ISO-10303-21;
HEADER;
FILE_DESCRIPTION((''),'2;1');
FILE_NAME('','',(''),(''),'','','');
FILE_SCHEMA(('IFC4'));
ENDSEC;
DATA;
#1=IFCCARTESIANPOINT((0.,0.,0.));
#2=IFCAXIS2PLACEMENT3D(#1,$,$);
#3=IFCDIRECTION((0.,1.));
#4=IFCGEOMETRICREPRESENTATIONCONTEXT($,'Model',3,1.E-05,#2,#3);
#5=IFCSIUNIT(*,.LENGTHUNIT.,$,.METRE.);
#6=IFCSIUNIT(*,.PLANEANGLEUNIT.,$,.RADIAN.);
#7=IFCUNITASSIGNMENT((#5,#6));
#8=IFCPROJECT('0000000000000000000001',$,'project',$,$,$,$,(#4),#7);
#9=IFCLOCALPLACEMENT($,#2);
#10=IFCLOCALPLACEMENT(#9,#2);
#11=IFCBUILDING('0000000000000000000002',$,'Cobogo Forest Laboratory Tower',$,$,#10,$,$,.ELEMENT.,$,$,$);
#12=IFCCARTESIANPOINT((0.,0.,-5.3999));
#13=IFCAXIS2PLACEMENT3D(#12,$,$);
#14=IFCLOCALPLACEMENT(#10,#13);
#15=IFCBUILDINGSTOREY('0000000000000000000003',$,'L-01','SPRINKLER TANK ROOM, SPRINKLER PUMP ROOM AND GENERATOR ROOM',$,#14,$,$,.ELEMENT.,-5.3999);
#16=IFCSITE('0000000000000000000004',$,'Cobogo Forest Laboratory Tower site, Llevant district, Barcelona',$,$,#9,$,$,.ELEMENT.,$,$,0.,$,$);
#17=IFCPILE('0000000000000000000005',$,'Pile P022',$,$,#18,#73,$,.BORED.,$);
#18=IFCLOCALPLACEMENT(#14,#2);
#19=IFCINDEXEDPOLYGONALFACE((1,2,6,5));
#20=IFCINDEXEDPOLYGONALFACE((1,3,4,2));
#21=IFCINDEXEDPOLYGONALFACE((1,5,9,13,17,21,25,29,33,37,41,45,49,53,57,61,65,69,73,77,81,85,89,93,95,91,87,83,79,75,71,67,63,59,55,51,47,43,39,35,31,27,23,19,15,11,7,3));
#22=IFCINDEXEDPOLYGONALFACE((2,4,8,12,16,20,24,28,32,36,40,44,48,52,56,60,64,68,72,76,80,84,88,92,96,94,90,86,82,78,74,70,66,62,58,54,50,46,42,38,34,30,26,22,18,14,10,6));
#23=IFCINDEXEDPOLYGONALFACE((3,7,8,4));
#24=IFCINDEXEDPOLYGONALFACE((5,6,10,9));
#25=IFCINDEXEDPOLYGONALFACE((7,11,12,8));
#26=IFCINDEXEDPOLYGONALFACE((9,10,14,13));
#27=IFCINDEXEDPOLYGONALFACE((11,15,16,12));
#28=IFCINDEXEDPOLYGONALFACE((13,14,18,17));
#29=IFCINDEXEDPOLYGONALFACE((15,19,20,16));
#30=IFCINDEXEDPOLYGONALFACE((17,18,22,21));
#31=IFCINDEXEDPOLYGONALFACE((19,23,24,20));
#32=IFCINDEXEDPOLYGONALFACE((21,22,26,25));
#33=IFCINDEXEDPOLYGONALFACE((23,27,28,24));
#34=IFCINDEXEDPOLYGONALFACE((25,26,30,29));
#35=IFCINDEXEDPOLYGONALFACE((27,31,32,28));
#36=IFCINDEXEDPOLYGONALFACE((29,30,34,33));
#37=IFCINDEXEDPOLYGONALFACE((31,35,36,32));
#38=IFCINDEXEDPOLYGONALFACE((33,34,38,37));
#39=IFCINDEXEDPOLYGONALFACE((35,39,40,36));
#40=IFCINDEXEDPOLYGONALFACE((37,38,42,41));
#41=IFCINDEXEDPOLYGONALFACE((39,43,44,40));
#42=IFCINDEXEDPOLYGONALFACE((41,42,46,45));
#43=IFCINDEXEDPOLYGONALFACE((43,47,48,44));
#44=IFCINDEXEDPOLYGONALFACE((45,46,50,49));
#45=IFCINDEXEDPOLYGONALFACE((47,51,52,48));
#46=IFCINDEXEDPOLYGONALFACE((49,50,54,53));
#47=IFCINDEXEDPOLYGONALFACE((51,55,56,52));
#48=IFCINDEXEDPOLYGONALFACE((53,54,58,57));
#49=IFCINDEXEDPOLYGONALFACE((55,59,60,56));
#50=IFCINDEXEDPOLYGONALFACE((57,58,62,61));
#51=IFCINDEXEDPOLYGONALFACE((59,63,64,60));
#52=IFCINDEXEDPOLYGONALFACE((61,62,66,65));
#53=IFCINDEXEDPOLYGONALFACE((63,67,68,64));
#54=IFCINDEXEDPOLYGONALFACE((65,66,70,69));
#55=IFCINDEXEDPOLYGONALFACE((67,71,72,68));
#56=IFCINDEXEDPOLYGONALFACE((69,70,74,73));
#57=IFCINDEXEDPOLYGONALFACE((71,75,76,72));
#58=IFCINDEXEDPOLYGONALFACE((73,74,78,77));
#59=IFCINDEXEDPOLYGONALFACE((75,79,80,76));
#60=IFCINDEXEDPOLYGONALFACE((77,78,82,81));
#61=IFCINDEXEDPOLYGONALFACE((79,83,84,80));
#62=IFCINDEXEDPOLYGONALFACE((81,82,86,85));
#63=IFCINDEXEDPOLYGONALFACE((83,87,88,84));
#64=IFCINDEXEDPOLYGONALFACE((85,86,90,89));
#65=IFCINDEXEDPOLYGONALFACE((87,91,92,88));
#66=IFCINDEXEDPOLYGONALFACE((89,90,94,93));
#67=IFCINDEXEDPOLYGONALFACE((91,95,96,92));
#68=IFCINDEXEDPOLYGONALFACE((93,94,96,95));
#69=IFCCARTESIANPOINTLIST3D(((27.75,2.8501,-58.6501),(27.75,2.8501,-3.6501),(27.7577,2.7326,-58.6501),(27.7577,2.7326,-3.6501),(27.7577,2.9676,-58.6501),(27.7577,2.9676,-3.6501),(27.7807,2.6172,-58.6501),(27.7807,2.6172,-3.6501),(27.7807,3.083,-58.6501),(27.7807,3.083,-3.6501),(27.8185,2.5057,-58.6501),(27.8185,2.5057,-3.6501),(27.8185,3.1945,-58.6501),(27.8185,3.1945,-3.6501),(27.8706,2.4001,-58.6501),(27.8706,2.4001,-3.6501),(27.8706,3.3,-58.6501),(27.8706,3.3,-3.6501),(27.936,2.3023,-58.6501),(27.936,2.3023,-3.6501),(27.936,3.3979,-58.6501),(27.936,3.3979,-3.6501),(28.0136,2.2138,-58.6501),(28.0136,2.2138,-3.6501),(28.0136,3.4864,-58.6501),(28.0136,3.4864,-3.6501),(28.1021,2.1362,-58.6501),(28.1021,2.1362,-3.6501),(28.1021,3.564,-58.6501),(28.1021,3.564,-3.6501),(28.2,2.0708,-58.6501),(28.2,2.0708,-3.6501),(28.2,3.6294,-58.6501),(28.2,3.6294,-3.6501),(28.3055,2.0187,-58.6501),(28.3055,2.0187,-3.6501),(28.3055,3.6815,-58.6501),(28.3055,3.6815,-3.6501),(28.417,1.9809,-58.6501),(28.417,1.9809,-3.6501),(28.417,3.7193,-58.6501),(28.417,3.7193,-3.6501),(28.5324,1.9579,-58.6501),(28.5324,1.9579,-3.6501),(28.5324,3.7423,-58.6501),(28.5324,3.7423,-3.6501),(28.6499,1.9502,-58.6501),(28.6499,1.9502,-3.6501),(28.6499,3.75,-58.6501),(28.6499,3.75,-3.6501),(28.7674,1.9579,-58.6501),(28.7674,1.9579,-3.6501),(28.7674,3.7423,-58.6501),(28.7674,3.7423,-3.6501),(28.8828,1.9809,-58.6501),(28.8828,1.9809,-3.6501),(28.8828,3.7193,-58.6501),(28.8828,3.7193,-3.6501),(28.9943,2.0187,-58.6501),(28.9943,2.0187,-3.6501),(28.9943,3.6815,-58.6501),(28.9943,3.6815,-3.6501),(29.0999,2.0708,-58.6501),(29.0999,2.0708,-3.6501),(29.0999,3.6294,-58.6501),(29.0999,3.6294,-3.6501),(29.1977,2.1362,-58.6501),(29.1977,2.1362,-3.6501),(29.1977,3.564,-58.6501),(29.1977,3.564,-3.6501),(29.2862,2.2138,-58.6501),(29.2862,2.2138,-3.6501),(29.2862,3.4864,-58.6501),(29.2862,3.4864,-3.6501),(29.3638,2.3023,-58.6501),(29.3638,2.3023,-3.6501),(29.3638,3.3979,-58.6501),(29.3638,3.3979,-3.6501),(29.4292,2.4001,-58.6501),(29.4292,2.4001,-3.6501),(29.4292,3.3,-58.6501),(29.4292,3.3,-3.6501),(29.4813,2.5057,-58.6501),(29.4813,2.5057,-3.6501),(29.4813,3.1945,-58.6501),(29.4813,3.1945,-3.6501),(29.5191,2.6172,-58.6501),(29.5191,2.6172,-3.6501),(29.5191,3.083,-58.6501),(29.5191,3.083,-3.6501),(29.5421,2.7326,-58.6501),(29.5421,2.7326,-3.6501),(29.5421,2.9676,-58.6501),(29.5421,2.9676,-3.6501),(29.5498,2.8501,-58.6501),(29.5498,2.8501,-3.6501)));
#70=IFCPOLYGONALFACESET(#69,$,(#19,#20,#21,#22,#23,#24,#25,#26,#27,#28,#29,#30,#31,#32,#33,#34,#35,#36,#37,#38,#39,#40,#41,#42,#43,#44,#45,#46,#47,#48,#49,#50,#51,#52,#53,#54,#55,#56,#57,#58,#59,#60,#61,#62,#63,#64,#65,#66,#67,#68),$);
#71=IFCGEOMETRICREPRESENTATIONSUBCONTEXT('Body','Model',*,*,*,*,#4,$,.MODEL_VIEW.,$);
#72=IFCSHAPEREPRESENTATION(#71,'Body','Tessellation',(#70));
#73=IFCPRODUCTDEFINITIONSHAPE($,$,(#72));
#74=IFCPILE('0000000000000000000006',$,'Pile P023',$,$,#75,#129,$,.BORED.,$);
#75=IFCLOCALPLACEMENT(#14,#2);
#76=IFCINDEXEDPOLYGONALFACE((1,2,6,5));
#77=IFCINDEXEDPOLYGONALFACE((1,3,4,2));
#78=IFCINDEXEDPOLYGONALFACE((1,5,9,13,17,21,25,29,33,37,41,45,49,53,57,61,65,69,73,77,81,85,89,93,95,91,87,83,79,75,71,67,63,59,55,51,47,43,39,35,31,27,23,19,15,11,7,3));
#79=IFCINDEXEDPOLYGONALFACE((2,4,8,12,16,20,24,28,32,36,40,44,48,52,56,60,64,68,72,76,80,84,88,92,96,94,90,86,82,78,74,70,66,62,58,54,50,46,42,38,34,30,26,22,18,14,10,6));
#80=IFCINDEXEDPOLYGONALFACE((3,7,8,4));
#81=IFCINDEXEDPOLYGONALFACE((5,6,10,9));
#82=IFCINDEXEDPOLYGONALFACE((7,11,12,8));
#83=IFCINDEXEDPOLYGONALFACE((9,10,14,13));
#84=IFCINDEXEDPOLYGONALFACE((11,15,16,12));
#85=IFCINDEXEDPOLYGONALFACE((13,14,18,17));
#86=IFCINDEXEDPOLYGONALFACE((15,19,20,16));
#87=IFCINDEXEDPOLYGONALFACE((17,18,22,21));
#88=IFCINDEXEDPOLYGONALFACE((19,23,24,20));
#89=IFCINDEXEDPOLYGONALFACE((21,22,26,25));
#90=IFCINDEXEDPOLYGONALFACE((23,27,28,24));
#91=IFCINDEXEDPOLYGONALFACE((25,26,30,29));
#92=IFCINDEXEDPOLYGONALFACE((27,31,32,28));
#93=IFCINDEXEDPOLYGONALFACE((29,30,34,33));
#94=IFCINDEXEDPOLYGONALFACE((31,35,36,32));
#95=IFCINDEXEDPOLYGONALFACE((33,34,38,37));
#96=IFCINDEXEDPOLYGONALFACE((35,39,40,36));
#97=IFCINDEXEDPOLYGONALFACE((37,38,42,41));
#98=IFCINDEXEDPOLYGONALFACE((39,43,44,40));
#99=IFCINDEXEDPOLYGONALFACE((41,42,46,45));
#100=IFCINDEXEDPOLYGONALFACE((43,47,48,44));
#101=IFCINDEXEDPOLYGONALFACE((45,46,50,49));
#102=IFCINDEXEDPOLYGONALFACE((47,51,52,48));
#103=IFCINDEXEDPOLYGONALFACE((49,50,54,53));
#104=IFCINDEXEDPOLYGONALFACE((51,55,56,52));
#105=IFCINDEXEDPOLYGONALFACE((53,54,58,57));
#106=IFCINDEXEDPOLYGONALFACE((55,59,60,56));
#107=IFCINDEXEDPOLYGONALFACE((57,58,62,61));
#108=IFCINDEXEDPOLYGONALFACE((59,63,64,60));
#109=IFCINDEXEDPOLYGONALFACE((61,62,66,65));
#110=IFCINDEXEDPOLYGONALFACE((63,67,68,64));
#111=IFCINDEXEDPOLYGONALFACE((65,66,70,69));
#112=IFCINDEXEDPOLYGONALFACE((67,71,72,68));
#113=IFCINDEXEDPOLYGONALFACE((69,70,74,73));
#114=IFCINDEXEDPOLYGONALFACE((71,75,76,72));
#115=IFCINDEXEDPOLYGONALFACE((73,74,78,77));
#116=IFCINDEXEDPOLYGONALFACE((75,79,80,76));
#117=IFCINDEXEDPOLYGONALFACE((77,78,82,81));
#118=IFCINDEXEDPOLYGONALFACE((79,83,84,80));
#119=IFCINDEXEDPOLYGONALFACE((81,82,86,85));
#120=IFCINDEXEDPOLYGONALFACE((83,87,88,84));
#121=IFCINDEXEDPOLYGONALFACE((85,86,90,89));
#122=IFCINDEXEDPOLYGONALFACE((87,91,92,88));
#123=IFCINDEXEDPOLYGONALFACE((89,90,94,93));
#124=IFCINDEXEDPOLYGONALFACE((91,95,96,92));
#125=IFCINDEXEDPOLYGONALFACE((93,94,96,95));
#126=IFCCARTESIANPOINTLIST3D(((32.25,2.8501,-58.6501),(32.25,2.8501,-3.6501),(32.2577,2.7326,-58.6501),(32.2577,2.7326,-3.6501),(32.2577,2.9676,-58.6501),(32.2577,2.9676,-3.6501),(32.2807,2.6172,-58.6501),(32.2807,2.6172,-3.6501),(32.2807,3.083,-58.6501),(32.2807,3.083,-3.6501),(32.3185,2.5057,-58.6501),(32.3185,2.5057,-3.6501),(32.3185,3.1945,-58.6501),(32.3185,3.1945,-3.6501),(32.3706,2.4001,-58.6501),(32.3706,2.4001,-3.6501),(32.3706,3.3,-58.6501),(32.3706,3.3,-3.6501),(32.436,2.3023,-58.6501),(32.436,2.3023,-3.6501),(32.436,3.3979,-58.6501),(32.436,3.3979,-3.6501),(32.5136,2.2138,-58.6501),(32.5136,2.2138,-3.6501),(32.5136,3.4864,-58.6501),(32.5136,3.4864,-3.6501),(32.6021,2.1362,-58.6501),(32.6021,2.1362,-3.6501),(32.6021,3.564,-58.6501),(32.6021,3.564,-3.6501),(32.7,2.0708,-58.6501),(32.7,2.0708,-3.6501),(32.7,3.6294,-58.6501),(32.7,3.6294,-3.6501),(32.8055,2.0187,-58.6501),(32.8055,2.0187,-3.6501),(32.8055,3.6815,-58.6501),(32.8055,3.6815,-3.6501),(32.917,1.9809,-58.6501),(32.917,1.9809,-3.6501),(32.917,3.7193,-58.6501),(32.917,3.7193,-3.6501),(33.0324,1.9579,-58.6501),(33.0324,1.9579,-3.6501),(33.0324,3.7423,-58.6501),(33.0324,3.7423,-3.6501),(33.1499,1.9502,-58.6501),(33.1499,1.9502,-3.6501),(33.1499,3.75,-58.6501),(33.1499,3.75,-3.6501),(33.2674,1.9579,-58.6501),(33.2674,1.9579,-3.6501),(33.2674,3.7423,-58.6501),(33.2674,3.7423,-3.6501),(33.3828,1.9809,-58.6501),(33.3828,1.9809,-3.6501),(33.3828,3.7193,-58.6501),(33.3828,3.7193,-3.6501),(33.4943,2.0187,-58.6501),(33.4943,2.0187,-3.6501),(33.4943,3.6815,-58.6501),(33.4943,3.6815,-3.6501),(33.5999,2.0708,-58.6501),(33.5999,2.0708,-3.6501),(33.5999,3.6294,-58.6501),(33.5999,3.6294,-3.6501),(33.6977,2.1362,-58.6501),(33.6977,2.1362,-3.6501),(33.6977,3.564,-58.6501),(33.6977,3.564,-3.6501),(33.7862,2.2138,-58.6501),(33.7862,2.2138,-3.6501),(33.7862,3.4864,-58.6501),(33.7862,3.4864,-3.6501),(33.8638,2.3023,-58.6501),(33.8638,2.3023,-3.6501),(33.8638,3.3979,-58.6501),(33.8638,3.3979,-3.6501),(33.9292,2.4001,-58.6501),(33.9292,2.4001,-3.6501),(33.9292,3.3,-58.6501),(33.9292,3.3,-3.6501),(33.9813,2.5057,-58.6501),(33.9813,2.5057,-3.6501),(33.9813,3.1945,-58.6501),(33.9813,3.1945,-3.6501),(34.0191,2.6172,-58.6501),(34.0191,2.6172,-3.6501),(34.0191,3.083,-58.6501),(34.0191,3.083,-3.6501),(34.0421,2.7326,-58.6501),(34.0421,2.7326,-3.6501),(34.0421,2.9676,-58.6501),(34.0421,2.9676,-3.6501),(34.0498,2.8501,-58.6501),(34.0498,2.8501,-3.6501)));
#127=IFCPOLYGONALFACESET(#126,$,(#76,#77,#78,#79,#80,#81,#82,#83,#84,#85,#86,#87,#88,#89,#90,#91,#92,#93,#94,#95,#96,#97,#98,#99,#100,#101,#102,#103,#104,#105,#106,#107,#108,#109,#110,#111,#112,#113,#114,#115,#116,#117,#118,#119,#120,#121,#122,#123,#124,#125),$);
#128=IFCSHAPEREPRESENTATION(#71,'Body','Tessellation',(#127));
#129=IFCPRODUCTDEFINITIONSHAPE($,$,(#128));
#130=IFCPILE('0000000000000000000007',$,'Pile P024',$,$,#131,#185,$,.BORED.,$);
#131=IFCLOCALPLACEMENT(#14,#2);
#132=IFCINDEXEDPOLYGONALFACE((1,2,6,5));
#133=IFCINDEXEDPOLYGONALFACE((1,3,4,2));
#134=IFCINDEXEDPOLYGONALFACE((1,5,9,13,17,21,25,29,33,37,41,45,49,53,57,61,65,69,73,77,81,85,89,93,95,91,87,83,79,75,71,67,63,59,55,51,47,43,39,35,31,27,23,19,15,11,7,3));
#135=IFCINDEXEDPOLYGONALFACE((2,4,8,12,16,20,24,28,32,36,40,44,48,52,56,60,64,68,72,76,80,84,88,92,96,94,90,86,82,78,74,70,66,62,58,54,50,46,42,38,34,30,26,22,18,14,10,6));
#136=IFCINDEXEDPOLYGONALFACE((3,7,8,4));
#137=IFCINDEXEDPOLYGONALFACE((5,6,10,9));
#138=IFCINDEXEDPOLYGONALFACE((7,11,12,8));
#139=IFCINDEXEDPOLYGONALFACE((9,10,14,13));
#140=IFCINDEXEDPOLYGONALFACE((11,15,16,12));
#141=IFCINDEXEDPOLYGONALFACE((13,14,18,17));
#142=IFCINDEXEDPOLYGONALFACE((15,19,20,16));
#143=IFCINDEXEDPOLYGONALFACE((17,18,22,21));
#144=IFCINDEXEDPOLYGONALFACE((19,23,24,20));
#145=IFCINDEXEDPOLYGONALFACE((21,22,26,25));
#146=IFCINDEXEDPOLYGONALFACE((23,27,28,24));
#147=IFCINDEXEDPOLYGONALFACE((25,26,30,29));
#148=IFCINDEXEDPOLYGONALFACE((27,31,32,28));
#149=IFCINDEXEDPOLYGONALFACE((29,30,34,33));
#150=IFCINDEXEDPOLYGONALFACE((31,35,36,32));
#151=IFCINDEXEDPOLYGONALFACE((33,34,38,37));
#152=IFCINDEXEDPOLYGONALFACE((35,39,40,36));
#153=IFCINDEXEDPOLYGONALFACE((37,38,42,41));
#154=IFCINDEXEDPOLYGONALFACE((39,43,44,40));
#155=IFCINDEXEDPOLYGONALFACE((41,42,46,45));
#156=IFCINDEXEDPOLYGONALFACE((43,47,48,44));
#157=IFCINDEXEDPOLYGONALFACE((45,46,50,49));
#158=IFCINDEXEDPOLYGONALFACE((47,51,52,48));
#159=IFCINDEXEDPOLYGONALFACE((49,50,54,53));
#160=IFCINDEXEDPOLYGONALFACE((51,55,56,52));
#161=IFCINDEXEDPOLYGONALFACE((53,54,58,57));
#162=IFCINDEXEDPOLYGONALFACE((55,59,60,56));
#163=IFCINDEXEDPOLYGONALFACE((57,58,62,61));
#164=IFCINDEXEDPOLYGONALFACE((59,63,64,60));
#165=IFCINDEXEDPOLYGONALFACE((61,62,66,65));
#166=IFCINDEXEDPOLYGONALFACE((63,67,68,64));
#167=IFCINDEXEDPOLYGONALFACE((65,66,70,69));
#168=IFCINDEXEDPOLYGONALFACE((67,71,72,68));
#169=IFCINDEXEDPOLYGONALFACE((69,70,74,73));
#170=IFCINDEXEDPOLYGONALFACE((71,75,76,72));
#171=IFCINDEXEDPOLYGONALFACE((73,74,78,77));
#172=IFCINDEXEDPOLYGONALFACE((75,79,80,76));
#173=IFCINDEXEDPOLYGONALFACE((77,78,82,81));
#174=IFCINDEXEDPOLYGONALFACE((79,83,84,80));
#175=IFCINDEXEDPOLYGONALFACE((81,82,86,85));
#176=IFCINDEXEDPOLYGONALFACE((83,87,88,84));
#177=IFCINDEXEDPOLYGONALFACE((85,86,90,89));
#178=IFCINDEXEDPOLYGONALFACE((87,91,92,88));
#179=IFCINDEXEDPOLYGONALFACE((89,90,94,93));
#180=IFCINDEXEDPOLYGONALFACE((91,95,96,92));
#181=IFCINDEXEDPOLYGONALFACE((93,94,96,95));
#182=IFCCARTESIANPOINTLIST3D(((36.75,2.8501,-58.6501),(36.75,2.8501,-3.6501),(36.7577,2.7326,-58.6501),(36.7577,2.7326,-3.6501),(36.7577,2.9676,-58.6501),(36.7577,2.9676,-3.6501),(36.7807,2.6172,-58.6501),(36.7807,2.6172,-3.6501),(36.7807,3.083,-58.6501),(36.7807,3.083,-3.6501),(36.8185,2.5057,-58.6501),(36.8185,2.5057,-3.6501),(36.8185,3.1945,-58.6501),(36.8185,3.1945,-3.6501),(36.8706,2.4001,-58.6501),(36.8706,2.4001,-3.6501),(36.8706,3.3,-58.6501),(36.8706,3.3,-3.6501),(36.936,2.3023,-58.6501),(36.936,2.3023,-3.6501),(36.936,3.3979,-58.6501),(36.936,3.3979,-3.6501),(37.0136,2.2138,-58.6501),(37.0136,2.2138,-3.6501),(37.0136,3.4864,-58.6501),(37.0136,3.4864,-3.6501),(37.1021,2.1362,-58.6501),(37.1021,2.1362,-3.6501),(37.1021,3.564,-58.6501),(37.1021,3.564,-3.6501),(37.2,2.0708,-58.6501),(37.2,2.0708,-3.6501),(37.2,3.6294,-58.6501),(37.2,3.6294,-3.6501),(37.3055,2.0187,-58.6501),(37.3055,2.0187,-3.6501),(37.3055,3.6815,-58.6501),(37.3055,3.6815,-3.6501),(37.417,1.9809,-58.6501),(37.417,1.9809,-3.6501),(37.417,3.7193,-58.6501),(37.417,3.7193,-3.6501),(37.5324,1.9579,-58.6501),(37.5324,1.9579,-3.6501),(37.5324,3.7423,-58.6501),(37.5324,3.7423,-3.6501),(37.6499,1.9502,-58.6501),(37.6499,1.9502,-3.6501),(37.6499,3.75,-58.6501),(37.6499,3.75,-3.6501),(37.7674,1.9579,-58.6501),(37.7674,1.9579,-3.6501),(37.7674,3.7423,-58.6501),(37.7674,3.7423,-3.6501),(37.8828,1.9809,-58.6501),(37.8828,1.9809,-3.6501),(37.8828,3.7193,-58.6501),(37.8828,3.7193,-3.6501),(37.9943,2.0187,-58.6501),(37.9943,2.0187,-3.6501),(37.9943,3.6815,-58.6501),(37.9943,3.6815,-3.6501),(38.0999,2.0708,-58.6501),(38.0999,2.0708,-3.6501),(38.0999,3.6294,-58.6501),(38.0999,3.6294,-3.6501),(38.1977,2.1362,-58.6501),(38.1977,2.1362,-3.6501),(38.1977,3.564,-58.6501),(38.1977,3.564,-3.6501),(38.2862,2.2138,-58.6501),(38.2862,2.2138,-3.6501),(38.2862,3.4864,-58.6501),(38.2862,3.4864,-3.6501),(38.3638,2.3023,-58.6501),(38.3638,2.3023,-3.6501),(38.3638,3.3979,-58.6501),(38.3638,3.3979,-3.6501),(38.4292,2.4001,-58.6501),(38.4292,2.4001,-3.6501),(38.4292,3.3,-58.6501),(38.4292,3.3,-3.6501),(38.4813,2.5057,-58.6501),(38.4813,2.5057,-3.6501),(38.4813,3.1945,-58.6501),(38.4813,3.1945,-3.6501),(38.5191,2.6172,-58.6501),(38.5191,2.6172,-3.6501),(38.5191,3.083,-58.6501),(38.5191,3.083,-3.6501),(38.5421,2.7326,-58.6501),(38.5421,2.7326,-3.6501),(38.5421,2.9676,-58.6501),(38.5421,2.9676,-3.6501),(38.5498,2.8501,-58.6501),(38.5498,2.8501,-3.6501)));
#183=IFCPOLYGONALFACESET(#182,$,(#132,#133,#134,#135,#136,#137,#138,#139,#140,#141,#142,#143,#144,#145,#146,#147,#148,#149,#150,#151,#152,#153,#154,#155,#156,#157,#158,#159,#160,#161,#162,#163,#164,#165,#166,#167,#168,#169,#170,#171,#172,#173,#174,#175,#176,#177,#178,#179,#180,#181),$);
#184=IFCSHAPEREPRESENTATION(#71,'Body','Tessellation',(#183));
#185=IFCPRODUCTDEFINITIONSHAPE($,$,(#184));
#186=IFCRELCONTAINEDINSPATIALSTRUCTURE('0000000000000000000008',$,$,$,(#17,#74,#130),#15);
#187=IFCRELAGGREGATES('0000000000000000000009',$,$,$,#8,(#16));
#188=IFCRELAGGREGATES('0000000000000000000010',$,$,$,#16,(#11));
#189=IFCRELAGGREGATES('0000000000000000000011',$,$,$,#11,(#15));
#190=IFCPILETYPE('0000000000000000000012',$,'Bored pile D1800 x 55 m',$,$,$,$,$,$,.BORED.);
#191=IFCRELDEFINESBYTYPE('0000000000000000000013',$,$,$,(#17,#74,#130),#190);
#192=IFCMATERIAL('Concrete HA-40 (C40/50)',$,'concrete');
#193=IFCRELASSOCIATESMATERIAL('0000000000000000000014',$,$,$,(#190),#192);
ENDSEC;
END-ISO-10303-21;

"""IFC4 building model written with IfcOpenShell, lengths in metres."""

from ifc_helpers import new_model, si_unit, direction, frame, origin, origin_2d, place, context, subcontext, project, spatial, circle, extrude, material, material_profile, profile_set, type_object, element, save


model = new_model("IFC4")

# Units and contexts
model_context = context("Model", 3, precision=1e-05, world=origin(), true_north=direction((0.0, 1.0)))
body_context = subcontext(model_context, "Body", "Model", "MODEL_VIEW")
ifc_project = project(units=[si_unit("LENGTHUNIT", "METRE"), si_unit("PLANEANGLEUNIT", "RADIAN")], contexts=[model_context])

# Site, building, storey
site_placement = place(None, origin())
site = spatial("IfcSite", under=ifc_project, at=site_placement, Name="Cobogo Forest Laboratory Tower site, Llevant district, Barcelona", CompositionType="ELEMENT", RefElevation=0.0)
building_placement = place(site_placement, origin())
building = spatial("IfcBuilding", under=site, at=building_placement, Name="Cobogo Forest Laboratory Tower", CompositionType="ELEMENT")
storey_placement = place(building_placement, frame((0.0, 0.0, -5.3999)))
storey = spatial("IfcBuildingStorey", under=building, at=storey_placement, Name="L-01", Description="SPRINKLER TANK ROOM, SPRINKLER PUMP ROOM AND GENERATOR ROOM", CompositionType="ELEMENT", Elevation=-5.3999)

# Piles
ifc_material_1 = material(Name="Concrete HA-40 (C40/50)", Category="concrete")
ifc_material_profile_1 = material_profile(ifc_material_1, circle(Radius=0.8999, at=origin_2d()), Name="PILE D1800")
ifc_profile_set_1 = profile_set([ifc_material_profile_1], Name="Concrete HA-40 (C40/50)")
pile_type_1 = type_object("IfcPileType", Name="Bored pile D1800 x 55 m", PredefinedType="BORED", material=ifc_profile_set_1)
for number, where, z_axis, x_axis, name in (
    (1, (28.6499, 2.8501, -3.6501), (0.0, 0.0, -1.0), (1.0, 0.0, 0.0), "Pile P022"),
    (2, (33.1499, 2.8501, -3.6501), (0.0, 0.0, -1.0), (1.0, 0.0, 0.0), "Pile P023"),
    (3, (37.6499, 2.8501, -3.6501), (0.0, 0.0, -1.0), (1.0, 0.0, 0.0), "Pile P024"),
):
    element("IfcPile", number, at=place(storey_placement, frame(where, z_axis=z_axis, x_axis=x_axis)), inside=storey, type_object=pile_type_1, Name=name, PredefinedType="BORED", context=body_context, shape_type="SweptSolid", body=[
        extrude(circle(Radius=0.8999, at=origin_2d()), origin(), (0.0, 0.0, 1.0), 55.0),
    ])

save(model, "model.ifc")
